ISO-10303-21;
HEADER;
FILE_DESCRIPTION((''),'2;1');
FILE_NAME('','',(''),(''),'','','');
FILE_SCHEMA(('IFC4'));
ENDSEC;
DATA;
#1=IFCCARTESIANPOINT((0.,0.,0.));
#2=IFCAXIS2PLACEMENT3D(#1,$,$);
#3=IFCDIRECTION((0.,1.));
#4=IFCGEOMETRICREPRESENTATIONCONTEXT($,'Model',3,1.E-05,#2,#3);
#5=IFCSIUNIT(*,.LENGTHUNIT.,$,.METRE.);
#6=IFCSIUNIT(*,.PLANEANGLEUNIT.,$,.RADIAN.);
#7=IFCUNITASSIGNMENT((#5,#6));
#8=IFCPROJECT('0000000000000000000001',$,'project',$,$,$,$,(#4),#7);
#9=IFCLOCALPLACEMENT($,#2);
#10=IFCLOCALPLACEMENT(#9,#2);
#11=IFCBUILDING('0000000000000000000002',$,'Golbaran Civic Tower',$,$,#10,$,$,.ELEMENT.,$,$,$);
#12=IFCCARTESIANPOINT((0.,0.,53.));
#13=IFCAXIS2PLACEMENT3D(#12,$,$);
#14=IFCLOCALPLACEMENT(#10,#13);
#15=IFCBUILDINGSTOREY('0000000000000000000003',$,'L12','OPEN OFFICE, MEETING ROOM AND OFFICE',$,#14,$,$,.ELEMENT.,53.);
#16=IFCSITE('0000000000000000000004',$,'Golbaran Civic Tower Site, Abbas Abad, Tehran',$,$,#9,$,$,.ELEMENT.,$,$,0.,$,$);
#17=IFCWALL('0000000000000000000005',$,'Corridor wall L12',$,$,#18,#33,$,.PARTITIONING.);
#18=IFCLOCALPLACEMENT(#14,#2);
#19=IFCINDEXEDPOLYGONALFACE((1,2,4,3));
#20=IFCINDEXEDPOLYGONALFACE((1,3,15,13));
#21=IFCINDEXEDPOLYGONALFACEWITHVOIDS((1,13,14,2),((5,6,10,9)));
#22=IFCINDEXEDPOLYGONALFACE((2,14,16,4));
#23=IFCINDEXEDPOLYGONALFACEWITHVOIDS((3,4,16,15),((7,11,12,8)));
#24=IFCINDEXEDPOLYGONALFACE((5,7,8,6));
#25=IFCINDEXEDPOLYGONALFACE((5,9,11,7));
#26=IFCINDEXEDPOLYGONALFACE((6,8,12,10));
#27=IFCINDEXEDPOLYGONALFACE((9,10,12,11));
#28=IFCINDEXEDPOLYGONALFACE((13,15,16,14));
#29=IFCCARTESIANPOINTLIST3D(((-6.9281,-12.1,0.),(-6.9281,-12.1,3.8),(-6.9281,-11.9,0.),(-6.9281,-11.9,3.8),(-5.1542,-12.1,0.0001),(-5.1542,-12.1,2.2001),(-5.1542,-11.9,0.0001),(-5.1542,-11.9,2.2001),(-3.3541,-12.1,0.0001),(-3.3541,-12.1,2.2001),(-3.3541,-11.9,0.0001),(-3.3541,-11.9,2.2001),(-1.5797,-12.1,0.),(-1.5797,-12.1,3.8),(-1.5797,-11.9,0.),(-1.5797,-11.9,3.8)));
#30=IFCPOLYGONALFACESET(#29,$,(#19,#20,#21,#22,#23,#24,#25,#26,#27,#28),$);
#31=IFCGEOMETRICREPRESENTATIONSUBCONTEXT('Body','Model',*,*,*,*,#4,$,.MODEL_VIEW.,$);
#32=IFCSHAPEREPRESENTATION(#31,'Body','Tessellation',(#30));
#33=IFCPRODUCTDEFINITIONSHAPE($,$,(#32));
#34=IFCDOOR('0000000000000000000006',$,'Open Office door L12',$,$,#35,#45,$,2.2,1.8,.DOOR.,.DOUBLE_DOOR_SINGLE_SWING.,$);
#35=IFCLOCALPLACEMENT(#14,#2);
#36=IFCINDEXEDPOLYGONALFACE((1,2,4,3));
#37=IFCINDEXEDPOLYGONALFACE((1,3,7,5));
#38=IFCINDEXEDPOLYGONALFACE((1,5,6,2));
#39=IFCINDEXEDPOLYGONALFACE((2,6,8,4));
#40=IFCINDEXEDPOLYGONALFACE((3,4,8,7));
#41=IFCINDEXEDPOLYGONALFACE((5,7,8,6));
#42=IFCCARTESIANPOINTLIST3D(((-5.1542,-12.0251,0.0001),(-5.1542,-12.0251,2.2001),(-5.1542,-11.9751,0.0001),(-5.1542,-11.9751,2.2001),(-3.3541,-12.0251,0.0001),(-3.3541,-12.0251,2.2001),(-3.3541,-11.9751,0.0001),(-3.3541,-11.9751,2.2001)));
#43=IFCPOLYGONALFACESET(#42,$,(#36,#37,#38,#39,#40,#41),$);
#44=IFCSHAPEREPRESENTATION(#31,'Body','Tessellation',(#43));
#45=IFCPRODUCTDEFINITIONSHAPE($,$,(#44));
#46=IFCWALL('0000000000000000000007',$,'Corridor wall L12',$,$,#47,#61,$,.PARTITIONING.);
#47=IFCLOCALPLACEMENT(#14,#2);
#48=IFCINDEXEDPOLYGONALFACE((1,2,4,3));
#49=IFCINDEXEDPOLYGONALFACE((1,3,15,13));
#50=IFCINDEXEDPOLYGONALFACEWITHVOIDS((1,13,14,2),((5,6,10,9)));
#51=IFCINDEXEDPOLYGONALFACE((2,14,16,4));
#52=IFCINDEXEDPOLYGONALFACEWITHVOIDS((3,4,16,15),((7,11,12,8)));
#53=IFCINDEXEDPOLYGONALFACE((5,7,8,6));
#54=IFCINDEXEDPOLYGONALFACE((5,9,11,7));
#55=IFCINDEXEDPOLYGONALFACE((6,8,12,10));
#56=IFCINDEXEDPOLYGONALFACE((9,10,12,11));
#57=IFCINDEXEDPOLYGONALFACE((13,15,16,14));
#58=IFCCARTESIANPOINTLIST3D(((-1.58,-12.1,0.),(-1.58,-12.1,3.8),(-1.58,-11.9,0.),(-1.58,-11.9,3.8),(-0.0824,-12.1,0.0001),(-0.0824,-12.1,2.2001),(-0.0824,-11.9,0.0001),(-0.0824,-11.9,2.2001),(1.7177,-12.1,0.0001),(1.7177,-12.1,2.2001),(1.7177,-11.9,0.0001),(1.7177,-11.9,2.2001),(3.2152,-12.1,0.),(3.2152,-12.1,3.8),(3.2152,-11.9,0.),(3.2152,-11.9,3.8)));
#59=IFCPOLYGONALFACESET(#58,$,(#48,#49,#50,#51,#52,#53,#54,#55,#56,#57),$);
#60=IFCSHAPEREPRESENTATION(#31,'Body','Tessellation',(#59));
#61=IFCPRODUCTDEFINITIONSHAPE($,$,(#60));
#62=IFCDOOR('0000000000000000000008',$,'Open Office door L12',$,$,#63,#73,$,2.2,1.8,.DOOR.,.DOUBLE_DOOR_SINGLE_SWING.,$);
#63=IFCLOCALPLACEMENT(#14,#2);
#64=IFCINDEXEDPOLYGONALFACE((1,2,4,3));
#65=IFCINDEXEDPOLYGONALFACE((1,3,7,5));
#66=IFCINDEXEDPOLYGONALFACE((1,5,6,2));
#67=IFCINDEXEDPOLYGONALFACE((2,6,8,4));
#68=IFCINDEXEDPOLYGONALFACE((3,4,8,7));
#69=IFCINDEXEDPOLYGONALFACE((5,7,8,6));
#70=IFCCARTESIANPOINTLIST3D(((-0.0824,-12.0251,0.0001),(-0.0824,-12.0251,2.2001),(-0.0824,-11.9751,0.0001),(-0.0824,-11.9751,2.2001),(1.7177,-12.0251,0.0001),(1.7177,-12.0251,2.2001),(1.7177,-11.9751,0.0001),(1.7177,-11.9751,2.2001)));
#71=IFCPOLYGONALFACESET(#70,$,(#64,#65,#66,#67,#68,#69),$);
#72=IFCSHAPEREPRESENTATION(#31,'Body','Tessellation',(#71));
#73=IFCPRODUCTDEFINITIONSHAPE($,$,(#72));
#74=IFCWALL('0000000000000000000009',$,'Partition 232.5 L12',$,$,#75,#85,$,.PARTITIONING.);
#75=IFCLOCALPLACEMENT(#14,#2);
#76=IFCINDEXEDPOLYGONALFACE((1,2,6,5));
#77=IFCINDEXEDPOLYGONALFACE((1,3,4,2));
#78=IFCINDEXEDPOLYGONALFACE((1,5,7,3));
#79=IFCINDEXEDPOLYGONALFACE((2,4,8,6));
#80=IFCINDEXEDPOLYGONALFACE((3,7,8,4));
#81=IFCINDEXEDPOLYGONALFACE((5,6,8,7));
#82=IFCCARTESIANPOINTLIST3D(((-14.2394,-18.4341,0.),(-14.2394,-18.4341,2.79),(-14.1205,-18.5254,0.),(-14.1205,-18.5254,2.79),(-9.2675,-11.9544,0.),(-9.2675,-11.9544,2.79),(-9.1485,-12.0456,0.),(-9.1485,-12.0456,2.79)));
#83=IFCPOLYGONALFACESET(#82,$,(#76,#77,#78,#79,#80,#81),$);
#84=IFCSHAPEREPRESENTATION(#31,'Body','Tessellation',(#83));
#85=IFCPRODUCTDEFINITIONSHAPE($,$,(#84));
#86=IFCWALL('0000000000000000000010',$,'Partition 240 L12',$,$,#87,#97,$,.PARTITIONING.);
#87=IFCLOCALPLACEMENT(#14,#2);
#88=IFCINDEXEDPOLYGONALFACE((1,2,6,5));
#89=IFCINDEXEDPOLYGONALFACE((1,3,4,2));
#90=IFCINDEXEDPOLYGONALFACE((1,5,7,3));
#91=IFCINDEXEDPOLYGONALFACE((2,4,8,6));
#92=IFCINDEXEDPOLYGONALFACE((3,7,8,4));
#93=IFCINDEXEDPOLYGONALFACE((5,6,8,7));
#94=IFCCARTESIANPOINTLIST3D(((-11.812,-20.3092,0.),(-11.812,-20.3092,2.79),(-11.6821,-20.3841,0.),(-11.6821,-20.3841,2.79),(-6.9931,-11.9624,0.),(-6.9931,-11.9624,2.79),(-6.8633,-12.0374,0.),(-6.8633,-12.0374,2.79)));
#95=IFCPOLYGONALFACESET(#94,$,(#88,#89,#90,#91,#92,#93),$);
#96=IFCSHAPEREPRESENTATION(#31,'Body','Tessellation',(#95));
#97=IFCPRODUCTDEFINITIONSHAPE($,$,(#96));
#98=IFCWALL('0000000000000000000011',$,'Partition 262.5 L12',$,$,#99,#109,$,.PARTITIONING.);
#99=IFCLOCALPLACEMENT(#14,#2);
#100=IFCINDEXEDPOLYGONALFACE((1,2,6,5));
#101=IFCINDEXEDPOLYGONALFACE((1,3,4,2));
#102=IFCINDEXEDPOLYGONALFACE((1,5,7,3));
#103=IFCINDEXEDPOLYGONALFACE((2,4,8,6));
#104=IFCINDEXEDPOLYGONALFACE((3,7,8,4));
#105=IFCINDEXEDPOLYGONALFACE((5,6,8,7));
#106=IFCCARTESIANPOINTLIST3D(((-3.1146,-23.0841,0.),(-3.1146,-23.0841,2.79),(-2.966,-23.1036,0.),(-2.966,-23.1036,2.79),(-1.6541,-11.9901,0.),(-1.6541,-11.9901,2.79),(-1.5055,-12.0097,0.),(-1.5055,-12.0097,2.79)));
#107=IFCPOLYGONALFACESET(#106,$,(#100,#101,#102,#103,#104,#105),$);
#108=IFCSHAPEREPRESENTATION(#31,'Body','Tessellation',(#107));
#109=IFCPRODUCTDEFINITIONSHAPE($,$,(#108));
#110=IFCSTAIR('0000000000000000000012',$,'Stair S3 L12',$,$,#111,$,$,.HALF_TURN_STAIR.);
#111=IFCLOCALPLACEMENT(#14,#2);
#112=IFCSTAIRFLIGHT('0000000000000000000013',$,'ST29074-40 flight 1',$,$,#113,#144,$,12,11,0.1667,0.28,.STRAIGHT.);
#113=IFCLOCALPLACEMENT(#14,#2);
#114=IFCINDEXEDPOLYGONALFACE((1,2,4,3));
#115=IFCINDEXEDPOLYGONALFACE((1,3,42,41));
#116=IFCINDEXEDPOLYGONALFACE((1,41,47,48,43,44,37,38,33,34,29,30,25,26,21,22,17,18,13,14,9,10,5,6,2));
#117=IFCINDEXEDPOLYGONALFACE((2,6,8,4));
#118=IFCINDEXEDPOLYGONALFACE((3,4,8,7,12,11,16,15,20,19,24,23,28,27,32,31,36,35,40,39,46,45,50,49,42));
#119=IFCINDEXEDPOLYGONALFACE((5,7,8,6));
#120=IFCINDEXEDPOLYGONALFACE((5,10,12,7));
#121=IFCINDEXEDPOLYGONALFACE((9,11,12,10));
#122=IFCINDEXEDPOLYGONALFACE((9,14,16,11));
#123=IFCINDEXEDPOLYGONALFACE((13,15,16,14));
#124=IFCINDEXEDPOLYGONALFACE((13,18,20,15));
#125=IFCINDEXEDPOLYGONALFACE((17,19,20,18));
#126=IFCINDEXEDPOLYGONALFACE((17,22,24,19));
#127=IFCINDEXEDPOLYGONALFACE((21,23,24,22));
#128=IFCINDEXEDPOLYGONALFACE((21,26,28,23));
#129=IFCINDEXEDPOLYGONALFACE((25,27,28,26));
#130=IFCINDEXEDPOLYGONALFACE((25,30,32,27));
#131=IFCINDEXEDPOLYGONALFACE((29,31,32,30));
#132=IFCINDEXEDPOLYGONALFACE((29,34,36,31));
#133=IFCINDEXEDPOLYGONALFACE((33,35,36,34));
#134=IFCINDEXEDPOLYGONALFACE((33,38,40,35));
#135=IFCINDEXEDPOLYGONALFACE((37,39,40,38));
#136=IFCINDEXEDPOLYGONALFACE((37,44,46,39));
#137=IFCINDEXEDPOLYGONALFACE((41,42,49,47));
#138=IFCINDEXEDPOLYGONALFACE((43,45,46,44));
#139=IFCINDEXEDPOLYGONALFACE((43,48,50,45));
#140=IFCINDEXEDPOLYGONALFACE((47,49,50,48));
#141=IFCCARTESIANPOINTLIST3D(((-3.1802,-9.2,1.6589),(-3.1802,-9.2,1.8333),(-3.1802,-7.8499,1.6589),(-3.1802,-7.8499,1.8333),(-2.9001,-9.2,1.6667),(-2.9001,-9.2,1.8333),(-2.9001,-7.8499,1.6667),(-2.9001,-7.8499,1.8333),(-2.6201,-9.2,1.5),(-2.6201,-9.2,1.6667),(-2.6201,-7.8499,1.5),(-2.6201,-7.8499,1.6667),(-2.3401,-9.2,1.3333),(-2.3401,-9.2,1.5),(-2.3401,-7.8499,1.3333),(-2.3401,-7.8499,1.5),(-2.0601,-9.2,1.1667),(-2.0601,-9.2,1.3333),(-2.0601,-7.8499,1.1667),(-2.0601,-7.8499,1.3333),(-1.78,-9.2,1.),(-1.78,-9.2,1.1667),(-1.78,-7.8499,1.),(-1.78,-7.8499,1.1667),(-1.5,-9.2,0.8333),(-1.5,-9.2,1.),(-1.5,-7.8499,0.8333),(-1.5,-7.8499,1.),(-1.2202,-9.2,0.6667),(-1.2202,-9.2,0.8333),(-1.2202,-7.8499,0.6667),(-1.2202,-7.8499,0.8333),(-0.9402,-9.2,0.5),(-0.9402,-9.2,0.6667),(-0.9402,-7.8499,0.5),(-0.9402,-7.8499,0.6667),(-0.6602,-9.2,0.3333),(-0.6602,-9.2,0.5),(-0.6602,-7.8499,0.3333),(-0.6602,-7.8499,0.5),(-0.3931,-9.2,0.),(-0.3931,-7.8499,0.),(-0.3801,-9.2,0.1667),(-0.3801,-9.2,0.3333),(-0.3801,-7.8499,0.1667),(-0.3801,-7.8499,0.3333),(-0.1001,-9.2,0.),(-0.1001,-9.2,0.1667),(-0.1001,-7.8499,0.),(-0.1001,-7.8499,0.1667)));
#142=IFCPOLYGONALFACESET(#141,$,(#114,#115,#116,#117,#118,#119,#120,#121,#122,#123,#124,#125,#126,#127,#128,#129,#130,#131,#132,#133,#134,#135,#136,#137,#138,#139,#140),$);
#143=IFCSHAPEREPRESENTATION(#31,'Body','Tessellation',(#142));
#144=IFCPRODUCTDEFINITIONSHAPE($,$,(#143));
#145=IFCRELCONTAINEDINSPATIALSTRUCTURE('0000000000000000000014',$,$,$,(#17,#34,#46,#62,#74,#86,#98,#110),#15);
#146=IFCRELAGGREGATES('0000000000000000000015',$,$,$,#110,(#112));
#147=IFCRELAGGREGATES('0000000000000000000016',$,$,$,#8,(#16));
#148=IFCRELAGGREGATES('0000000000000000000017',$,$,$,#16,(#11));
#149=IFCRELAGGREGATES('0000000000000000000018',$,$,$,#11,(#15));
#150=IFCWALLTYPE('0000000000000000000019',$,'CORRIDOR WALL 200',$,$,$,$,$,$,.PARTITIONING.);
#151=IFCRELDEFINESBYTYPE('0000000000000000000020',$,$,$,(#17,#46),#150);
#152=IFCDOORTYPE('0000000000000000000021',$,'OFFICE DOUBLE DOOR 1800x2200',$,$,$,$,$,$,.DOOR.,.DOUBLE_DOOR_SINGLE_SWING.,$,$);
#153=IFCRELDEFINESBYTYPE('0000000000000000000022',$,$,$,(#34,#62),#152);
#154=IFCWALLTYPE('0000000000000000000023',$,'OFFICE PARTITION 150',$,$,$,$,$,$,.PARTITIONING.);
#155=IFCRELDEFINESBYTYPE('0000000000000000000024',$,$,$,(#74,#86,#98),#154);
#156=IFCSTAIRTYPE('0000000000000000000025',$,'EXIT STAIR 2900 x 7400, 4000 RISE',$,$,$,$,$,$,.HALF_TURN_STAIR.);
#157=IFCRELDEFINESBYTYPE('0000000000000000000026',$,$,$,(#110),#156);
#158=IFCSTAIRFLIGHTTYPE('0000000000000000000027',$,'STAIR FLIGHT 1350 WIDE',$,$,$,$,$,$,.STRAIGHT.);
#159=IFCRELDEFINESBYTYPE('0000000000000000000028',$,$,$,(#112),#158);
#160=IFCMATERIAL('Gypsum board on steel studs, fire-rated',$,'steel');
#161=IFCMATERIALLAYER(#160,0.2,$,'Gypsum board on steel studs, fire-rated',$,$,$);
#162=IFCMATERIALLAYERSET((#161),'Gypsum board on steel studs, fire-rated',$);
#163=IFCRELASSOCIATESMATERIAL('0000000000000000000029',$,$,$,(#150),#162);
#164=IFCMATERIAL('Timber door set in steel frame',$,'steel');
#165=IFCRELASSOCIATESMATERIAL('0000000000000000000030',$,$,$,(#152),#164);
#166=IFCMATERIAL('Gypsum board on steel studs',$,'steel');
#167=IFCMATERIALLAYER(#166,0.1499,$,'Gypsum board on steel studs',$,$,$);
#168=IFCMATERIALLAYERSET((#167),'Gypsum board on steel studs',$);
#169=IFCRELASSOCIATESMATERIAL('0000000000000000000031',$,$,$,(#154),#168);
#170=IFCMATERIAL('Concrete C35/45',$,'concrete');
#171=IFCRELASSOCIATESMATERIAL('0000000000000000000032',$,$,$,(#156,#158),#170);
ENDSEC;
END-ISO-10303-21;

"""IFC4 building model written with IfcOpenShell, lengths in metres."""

from ifc_helpers import new_model, si_unit, direction, frame, frame_2d, origin, place, context, subcontext, project, spatial, polyline, rectangle, outline, extrude, material, layer, layer_set, type_object, element, fill, aggregate, save


model = new_model("IFC4")

# Units and contexts
model_context = context("Model", 3, precision=1e-05, world=origin(), true_north=direction((0.0, 1.0)))
body_context = subcontext(model_context, "Body", "Model", "MODEL_VIEW")
ifc_project = project(units=[si_unit("LENGTHUNIT", "METRE"), si_unit("PLANEANGLEUNIT", "RADIAN")], contexts=[model_context])

# Site, building, storey
site_placement = place(None, origin())
site = spatial("IfcSite", under=ifc_project, at=site_placement, Name="Golbaran Civic Tower Site, Abbas Abad, Tehran", CompositionType="ELEMENT", RefElevation=0.0)
building_placement = place(site_placement, origin())
building = spatial("IfcBuilding", under=site, at=building_placement, Name="Golbaran Civic Tower", CompositionType="ELEMENT")
storey_placement = place(building_placement, frame((0.0, 0.0, 53.0)))
storey = spatial("IfcBuildingStorey", under=building, at=storey_placement, Name="L12", Description="OPEN OFFICE, MEETING ROOM AND OFFICE", CompositionType="ELEMENT", Elevation=53.0)

# Shared definitions
ifc_material_1 = material(Name="Timber door set in steel frame", Category="steel")

# Shared definitions
ifc_material_2 = material(Name="Gypsum board on steel studs, fire-rated", Category="steel")
ifc_layer_1 = layer(ifc_material_2, 0.2, Name="Gypsum board on steel studs, fire-rated")
ifc_layer_set_1 = layer_set([ifc_layer_1], Name="Gypsum board on steel studs, fire-rated")
wall_type_1 = type_object("IfcWallType", Name="CORRIDOR WALL 200", PredefinedType="PARTITIONING", material=ifc_layer_set_1)

# Walls, openings, doors
wall_1_placement = place(storey_placement, frame((-6.9282, -12.0, 0.0), z_axis=(0.0, 0.0, 1.0), x_axis=(1.0, 0.0, 0.0)))
wall_1 = element("IfcWall", 1, at=wall_1_placement, inside=storey, type_object=wall_type_1, Name="Corridor wall L12", PredefinedType="PARTITIONING", context=body_context, shape_type="SweptSolid", body=[
    extrude(rectangle(XDim=5.3484, YDim=0.2, at=frame_2d((2.6743, 0.0))), origin(), (0.0, 0.0, 1.0), 3.8),
])
opening_1_placement = place(wall_1_placement, frame((1.7742, 0.0, 0.0)))
opening_1 = element("IfcOpeningElement", 2, at=opening_1_placement, cuts=wall_1, PredefinedType="OPENING", context=body_context, shape_type="SweptSolid", body=[
    extrude(rectangle(XDim=1.8, YDim=2.2, at=frame_2d((0.8999, 1.1001))), frame((0.0, 0.1099, 0.0), z_axis=(0.0, -1.0, 0.0), x_axis=(1.0, 0.0, 0.0)), (0.0, 0.0, 1.0), 0.22),
])
door_type_1 = type_object("IfcDoorType", Name="OFFICE DOUBLE DOOR 1800x2200", OperationType="DOUBLE_DOOR_SINGLE_SWING", PredefinedType="DOOR", material=ifc_material_1)
door_1_placement = place(opening_1_placement, origin())
door_1 = element("IfcDoor", 3, at=door_1_placement, inside=storey, type_object=door_type_1, Name="Open Office door L12", OperationType="DOUBLE_DOOR_SINGLE_SWING", OverallHeight=2.2, OverallWidth=1.8, PredefinedType="DOOR", context=body_context, shape_type="SweptSolid", body=[
    extrude(rectangle(XDim=1.8, YDim=2.2, at=frame_2d((0.8999, 1.1001))), frame((0.0, 0.0249, 0.0), z_axis=(0.0, -1.0, 0.0), x_axis=(1.0, 0.0, 0.0)), (0.0, 0.0, 1.0), 0.05),
])
fill(opening_1, door_1)
wall_2_placement = place(storey_placement, frame((-1.5798, -12.0, 0.0), z_axis=(0.0, 0.0, 1.0), x_axis=(1.0, 0.0, 0.0)))
wall_2 = element("IfcWall", 4, at=wall_2_placement, inside=storey, type_object=wall_type_1, Name="Corridor wall L12", PredefinedType="PARTITIONING", context=body_context, shape_type="SweptSolid", body=[
    extrude(rectangle(XDim=4.7952, YDim=0.2, at=frame_2d((2.3975, 0.0))), origin(), (0.0, 0.0, 1.0), 3.8),
])
opening_2_placement = place(wall_2_placement, frame((1.4976, 0.0, 0.0)))
opening_2 = element("IfcOpeningElement", 5, at=opening_2_placement, cuts=wall_2, PredefinedType="OPENING", context=body_context, shape_type="SweptSolid", body=[
    extrude(rectangle(XDim=1.8, YDim=2.2, at=frame_2d((0.8999, 1.1001))), frame((0.0, 0.1099, 0.0), z_axis=(0.0, -1.0, 0.0), x_axis=(1.0, 0.0, 0.0)), (0.0, 0.0, 1.0), 0.22),
])
door_2_placement = place(opening_2_placement, origin())
door_2 = element("IfcDoor", 6, at=door_2_placement, inside=storey, type_object=door_type_1, Name="Open Office door L12", OperationType="DOUBLE_DOOR_SINGLE_SWING", OverallHeight=2.2, OverallWidth=1.8, PredefinedType="DOOR", context=body_context, shape_type="SweptSolid", body=[
    extrude(rectangle(XDim=1.8, YDim=2.2, at=frame_2d((0.8999, 1.1001))), frame((0.0, 0.0249, 0.0), z_axis=(0.0, -1.0, 0.0), x_axis=(1.0, 0.0, 0.0)), (0.0, 0.0, 1.0), 0.05),
])
fill(opening_2, door_2)

# Walls
ifc_material_3 = material(Name="Gypsum board on steel studs", Category="steel")
ifc_layer_2 = layer(ifc_material_3, 0.1499, Name="Gypsum board on steel studs")
ifc_layer_set_2 = layer_set([ifc_layer_2], Name="Gypsum board on steel studs")
wall_type_2 = type_object("IfcWallType", Name="OFFICE PARTITION 150", PredefinedType="PARTITIONING", material=ifc_layer_set_2)
wall_3_placement = place(storey_placement, frame((-9.208, -12.0, 0.0), z_axis=(0.0, 0.0, 1.0), x_axis=(-0.60875, -0.793362, 0.0)))
element("IfcWall", 7, at=wall_3_placement, inside=storey, type_object=wall_type_2, Name="Partition 232.5 L12", PredefinedType="PARTITIONING", context=body_context, shape_type="SweptSolid", body=[
    extrude(rectangle(XDim=8.1675, YDim=0.1499, at=frame_2d((4.0837, 0.0))), origin(), (0.0, 0.0, 1.0), 2.79),
])
wall_4_placement = place(storey_placement, frame((-6.9282, -12.0, 0.0), z_axis=(0.0, 0.0, 1.0), x_axis=(-0.499991, -0.86603, 0.0)))
element("IfcWall", 8, at=wall_4_placement, inside=storey, type_object=wall_type_2, Name="Partition 240 L12", PredefinedType="PARTITIONING", context=body_context, shape_type="SweptSolid", body=[
    extrude(rectangle(XDim=9.6379, YDim=0.1499, at=frame_2d((4.8188, 0.0))), origin(), (0.0, 0.0, 1.0), 2.79),
])
wall_5_placement = place(storey_placement, frame((-1.5798, -12.0, 0.0), z_axis=(0.0, 0.0, 1.0), x_axis=(-0.130517, -0.991446, 0.0)))
element("IfcWall", 9, at=wall_5_placement, inside=storey, type_object=wall_type_2, Name="Partition 262.5 L12", PredefinedType="PARTITIONING", context=body_context, shape_type="SweptSolid", body=[
    extrude(rectangle(XDim=11.1897, YDim=0.1499, at=frame_2d((5.5947, 0.0))), origin(), (0.0, 0.0, 1.0), 2.79),
])

# Stair, stair flight
ifc_material_4 = material(Name="Concrete C35/45", Category="concrete")
stair_type = type_object("IfcStairType", Name="EXIT STAIR 2900 x 7400, 4000 RISE", PredefinedType="HALF_TURN_STAIR", material=ifc_material_4)
stair_placement = place(storey_placement, origin())
stair = element("IfcStair", 10, at=stair_placement, inside=storey, type_object=stair_type, Name="Stair S3 L12", PredefinedType="HALF_TURN_STAIR")
stair_flight_type = type_object("IfcStairFlightType", Name="STAIR FLIGHT 1350 WIDE", PredefinedType="STRAIGHT", material=ifc_material_4)
stair_flight_placement = place(storey_placement, frame((-0.1001, -8.5249, 0.0), z_axis=(0.0, 0.0, 1.0), x_axis=(-1.0, 0.0, 0.0)))
stair_flight = element("IfcStairFlight", 11, at=stair_flight_placement, type_object=stair_flight_type, Name="ST29074-40 flight 1", NumberOfRisers=12, NumberOfTreads=11, PredefinedType="STRAIGHT", RiserHeight=0.1667, TreadLength=0.28, context=body_context, shape_type="SweptSolid", body=[
    extrude(outline(polyline([(0.0, 0.0), (0.0, 0.1667), (0.28, 0.1667), (0.28, 0.3333), (0.5601, 0.3333), (0.5601, 0.5), (0.8401, 0.5), (0.8401, 0.6667), (1.1201, 0.6667), (1.1201, 0.8333), (1.3999, 0.8333), (1.3999, 1.0), (1.6799, 1.0), (1.6799, 1.1667), (1.96, 1.1667), (1.96, 1.3333), (2.24, 1.3333), (2.24, 1.5), (2.52, 1.5), (2.52, 1.6667), (2.8, 1.6667), (2.8, 1.8333), (3.0801, 1.8333), (3.0801, 2.0), (3.0801, 1.6589), (0.293, 0.0), (0.0, 0.0)])), frame((0.0, 0.675, 0.0), z_axis=(0.0, -1.0, 0.0), x_axis=(1.0, 0.0, 0.0)), (0.0, 0.0, 1.0), 1.3501),
])
aggregate(stair, [stair_flight])

save(model, "model.ifc")
